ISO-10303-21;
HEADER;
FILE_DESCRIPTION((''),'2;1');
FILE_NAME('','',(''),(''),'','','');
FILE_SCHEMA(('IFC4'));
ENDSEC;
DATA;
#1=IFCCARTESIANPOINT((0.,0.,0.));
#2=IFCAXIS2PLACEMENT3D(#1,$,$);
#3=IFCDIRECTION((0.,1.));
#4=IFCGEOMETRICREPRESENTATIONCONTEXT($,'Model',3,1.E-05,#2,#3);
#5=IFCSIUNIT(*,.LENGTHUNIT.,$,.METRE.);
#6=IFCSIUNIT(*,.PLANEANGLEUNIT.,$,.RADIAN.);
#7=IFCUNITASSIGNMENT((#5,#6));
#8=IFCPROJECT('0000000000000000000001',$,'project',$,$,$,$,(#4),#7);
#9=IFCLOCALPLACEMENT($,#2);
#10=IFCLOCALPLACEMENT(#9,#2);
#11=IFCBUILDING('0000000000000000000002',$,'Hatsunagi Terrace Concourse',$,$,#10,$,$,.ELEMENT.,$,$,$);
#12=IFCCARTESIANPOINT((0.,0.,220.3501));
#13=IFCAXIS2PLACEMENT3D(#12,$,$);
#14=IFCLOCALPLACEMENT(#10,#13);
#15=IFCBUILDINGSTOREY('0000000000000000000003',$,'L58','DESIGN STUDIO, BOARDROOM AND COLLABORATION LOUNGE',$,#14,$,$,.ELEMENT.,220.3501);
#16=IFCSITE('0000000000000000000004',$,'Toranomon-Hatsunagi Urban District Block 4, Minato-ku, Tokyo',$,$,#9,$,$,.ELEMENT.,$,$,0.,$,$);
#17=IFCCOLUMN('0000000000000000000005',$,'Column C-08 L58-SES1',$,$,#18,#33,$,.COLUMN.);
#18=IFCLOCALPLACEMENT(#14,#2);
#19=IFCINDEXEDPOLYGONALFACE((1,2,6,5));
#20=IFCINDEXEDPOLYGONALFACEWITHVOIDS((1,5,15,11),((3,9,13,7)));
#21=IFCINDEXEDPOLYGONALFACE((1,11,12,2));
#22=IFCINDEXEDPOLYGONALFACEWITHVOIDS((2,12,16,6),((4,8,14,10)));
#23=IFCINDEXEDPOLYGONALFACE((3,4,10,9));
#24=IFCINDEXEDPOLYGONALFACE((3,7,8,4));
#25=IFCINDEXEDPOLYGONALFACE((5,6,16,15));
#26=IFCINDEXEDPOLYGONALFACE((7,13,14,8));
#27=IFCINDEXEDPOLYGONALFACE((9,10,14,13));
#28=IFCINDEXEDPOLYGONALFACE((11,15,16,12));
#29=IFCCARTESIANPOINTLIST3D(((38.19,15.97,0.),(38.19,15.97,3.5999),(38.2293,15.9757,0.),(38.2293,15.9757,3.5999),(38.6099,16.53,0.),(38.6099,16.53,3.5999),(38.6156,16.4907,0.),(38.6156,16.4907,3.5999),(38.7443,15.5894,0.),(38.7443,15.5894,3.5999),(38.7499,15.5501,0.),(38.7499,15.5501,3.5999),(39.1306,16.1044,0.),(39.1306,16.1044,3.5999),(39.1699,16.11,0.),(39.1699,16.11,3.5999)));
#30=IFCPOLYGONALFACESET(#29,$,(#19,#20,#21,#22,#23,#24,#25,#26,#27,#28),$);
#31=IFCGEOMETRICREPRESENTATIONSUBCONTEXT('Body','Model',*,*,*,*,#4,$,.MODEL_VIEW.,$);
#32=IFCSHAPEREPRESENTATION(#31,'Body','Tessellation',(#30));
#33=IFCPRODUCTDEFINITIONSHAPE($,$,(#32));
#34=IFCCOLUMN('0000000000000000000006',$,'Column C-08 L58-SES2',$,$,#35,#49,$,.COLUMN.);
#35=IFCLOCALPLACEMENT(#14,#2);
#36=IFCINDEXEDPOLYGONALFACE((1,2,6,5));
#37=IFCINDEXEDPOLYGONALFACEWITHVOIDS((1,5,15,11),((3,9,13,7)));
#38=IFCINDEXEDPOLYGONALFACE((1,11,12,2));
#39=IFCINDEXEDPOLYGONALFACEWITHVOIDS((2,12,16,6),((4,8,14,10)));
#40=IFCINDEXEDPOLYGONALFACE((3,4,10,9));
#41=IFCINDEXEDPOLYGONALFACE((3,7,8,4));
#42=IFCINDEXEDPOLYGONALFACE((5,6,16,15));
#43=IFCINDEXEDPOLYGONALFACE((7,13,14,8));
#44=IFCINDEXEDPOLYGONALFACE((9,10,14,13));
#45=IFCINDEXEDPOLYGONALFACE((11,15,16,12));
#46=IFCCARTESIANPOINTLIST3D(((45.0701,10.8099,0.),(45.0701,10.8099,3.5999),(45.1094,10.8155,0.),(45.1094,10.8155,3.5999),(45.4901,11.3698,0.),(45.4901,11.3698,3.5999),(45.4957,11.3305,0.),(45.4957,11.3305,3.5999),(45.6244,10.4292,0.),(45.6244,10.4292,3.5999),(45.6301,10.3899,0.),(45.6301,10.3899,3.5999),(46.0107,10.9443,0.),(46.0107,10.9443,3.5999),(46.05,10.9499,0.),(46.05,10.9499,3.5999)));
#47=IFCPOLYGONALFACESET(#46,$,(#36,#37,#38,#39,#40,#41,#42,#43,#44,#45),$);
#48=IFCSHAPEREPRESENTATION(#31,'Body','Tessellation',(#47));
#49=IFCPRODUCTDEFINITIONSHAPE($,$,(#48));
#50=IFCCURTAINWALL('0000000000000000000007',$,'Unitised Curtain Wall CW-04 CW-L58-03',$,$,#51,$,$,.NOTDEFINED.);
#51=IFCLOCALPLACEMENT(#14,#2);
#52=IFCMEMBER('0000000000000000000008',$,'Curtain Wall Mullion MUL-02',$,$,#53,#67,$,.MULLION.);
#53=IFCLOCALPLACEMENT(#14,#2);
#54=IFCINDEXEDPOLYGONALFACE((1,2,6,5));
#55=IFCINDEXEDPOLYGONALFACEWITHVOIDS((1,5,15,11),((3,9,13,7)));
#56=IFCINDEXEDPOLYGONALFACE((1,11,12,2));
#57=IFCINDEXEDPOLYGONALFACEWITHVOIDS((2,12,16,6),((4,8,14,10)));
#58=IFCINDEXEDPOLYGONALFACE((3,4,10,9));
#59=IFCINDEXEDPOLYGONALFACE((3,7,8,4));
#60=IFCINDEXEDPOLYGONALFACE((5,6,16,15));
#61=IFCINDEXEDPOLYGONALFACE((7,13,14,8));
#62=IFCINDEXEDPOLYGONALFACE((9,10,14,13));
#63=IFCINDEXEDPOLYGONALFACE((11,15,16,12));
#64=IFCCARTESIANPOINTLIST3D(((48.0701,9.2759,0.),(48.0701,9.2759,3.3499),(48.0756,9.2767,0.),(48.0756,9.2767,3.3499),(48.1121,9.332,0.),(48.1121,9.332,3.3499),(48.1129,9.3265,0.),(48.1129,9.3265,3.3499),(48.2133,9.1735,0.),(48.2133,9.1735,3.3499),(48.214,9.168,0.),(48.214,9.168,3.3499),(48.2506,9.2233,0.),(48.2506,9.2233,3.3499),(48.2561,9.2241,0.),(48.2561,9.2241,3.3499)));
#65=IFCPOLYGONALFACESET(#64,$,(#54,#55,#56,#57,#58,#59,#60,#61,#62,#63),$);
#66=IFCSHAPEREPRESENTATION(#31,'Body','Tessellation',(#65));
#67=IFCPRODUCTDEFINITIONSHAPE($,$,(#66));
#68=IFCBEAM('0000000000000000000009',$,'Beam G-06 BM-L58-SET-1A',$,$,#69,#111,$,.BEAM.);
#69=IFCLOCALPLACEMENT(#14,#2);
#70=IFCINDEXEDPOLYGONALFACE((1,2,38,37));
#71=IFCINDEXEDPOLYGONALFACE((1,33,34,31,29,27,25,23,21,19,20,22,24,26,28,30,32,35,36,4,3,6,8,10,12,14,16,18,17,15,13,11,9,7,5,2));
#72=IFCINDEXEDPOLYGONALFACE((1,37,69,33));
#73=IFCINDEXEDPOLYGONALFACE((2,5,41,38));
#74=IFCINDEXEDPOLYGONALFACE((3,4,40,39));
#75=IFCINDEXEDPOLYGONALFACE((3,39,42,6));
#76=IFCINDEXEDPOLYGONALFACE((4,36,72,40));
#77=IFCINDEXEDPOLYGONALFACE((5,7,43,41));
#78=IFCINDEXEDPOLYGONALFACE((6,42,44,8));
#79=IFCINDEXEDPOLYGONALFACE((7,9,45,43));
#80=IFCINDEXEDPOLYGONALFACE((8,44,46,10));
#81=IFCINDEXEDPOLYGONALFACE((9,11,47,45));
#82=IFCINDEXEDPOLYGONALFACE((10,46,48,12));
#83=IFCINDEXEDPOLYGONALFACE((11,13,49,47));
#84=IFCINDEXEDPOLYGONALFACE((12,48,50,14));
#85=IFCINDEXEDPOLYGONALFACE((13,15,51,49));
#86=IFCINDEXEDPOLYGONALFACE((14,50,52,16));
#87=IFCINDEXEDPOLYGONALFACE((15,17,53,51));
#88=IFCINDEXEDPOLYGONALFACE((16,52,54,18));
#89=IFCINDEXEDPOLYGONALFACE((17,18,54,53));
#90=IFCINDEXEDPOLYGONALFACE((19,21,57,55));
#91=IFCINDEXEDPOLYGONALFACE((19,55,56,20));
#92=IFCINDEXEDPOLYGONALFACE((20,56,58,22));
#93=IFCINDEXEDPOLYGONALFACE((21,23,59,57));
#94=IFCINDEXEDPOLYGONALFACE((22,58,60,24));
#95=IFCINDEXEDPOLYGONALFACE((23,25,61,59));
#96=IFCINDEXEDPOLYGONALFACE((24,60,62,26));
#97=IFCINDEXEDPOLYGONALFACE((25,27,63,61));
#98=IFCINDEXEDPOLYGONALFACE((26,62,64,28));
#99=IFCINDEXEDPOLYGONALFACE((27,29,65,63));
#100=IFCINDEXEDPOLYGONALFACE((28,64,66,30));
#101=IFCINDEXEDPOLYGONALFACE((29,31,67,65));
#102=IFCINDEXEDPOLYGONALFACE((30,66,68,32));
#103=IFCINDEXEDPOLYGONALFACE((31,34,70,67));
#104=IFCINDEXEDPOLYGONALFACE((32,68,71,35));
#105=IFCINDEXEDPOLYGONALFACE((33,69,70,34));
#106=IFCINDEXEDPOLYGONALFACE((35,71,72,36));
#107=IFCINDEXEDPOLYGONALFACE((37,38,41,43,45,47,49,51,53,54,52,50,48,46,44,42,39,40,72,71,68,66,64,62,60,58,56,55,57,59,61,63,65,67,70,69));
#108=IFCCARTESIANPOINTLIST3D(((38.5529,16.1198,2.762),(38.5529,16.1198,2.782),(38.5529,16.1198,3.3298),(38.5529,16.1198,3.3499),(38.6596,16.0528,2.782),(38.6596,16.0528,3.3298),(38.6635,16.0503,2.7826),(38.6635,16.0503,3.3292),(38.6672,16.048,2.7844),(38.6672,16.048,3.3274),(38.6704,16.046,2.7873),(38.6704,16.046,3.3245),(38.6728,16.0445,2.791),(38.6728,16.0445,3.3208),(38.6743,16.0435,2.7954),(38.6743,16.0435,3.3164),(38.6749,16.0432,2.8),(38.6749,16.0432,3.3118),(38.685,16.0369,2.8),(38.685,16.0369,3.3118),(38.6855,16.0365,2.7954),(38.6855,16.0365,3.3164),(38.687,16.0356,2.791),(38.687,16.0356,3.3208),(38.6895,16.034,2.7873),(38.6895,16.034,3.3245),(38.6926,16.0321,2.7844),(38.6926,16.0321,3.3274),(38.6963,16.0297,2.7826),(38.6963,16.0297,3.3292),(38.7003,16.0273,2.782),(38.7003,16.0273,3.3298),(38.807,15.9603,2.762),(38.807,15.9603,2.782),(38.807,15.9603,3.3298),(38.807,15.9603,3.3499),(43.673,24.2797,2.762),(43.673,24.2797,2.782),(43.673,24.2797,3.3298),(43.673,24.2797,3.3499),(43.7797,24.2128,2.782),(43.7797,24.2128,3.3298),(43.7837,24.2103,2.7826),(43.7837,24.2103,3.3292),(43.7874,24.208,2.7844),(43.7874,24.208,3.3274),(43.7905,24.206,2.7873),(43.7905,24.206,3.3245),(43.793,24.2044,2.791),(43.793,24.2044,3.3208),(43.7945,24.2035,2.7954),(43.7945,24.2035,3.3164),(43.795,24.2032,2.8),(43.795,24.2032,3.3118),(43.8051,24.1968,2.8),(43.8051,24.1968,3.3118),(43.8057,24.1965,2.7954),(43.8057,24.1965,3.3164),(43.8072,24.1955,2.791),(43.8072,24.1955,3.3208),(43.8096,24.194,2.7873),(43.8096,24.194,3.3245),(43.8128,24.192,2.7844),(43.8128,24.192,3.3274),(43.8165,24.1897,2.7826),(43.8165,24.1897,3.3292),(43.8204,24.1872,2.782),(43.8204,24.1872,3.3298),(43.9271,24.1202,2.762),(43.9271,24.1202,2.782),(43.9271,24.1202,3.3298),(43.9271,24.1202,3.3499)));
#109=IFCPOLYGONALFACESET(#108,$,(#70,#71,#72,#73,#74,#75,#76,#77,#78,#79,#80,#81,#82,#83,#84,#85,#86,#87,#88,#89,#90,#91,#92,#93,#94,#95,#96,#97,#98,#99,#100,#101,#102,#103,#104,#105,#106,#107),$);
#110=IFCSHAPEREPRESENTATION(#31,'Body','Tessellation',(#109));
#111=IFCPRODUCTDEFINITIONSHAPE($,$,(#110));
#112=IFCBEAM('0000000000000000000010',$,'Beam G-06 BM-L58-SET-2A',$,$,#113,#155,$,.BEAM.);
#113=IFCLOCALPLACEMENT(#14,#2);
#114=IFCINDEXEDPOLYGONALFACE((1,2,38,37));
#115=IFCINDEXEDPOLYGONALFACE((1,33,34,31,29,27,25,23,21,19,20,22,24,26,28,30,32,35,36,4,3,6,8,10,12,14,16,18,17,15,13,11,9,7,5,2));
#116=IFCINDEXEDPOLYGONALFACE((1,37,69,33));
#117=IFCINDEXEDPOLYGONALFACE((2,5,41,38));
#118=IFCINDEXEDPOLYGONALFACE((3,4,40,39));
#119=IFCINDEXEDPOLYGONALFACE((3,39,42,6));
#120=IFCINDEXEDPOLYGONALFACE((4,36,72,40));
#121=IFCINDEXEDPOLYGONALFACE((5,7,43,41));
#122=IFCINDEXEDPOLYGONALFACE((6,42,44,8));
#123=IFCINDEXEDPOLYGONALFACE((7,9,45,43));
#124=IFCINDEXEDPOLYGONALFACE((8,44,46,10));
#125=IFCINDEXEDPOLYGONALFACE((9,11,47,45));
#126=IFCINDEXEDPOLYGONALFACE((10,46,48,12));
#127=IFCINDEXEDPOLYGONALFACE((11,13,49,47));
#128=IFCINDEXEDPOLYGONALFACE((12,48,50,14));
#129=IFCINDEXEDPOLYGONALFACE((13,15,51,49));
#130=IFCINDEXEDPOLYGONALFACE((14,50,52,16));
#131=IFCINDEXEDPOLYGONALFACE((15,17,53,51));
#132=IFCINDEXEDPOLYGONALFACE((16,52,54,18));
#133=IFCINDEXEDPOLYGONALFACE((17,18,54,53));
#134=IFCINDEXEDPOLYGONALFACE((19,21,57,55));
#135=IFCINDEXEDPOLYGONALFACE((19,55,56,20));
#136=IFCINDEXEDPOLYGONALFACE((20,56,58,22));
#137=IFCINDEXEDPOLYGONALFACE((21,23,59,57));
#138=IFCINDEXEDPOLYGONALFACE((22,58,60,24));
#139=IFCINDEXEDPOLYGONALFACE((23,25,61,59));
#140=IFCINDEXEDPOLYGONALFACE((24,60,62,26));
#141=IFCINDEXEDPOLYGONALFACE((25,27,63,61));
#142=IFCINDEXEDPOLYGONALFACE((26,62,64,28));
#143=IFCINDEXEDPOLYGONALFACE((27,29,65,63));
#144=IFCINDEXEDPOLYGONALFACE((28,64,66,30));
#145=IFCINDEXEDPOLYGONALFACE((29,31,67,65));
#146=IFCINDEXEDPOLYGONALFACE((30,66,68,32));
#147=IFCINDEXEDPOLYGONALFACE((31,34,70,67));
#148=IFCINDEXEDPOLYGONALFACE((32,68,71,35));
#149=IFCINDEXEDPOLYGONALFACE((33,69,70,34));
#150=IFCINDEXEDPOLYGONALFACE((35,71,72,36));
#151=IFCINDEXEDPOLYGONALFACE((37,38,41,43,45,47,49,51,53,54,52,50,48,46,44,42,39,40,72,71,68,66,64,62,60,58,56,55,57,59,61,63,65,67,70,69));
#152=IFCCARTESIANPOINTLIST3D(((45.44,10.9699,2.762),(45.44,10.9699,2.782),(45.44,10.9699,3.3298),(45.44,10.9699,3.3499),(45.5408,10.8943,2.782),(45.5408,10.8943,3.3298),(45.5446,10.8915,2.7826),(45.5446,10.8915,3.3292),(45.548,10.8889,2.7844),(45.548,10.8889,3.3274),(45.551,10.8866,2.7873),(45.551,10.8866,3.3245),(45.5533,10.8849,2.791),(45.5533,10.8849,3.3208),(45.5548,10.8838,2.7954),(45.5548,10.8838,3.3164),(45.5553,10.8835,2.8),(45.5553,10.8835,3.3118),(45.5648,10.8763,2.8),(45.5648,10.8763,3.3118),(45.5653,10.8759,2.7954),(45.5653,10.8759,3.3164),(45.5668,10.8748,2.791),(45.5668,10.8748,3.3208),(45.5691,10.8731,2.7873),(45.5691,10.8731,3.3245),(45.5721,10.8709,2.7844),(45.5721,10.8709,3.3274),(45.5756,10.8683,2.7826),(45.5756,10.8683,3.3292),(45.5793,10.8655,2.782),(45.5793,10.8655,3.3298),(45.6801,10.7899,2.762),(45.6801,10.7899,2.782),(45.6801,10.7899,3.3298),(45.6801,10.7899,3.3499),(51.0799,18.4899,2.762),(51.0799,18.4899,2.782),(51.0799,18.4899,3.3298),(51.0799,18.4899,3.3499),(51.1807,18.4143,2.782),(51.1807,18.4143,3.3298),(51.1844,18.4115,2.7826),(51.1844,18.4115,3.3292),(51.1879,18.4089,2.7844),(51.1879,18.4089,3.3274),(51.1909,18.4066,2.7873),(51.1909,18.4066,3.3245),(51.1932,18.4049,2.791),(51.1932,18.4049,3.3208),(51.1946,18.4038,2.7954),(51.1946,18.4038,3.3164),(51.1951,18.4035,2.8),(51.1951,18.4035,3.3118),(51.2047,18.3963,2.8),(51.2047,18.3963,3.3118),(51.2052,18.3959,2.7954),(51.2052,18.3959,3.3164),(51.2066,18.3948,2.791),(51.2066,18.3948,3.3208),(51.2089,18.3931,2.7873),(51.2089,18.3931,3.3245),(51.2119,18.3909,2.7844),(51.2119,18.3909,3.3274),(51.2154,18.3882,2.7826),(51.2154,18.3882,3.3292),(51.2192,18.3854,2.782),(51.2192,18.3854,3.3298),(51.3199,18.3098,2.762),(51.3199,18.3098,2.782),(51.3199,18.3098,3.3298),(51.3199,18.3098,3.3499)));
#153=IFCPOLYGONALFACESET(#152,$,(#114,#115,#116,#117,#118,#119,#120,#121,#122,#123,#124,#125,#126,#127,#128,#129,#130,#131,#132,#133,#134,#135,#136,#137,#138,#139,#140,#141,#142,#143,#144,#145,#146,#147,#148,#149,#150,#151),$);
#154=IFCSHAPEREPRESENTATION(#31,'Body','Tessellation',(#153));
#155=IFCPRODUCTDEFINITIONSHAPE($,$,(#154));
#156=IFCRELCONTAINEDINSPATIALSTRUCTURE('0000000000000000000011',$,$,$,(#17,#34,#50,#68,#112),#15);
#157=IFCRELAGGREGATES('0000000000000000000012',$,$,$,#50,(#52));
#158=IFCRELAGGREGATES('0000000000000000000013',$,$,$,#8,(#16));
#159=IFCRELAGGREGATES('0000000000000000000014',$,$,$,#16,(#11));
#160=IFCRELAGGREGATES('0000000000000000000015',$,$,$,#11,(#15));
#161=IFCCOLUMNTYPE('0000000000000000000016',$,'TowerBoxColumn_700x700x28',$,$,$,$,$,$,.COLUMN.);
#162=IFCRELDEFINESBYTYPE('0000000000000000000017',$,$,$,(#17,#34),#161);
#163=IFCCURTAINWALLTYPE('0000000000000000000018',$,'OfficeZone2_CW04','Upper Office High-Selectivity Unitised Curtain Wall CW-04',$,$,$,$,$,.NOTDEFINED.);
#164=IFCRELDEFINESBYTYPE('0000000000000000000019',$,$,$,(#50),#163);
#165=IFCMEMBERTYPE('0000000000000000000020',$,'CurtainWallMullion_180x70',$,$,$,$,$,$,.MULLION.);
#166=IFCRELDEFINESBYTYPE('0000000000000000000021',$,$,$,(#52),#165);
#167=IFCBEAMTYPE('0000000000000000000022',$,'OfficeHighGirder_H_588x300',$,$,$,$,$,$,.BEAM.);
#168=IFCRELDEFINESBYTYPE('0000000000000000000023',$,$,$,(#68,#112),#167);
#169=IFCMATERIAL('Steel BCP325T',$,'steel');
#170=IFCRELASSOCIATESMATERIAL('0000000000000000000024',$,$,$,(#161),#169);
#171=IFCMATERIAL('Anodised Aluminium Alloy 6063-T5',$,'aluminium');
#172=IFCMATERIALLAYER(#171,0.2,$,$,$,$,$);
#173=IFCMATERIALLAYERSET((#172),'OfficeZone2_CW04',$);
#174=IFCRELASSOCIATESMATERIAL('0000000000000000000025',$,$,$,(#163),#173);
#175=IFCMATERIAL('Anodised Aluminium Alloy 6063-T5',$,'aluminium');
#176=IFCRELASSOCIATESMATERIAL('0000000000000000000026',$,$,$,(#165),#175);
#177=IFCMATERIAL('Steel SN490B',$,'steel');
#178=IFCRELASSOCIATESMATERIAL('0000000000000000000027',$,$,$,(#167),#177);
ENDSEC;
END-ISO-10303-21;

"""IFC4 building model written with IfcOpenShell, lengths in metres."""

from ifc_helpers import new_model, si_unit, direction, frame, origin, origin_2d, place, context, subcontext, project, spatial, hollow_rectangle, i_section, extrude, material, layer, layer_set, material_profile, profile_set, type_object, element, aggregate, save


model = new_model("IFC4")

# Units and contexts
model_context = context("Model", 3, precision=1e-05, world=origin(), true_north=direction((0.0, 1.0)))
body_context = subcontext(model_context, "Body", "Model", "MODEL_VIEW")
ifc_project = project(units=[si_unit("LENGTHUNIT", "METRE"), si_unit("PLANEANGLEUNIT", "RADIAN")], contexts=[model_context])

# Site, building, storey
site_placement = place(None, origin())
site = spatial("IfcSite", under=ifc_project, at=site_placement, Name="Toranomon-Hatsunagi Urban District Block 4, Minato-ku, Tokyo", CompositionType="ELEMENT", RefElevation=0.0)
building_placement = place(site_placement, origin())
building = spatial("IfcBuilding", under=site, at=building_placement, Name="Hatsunagi Terrace Concourse", CompositionType="ELEMENT")
storey_placement = place(building_placement, frame((0.0, 0.0, 220.3501)))
storey = spatial("IfcBuildingStorey", under=building, at=storey_placement, Name="L58", Description="DESIGN STUDIO, BOARDROOM AND COLLABORATION LOUNGE", CompositionType="ELEMENT", Elevation=220.3501)

# Columns
ifc_material_1 = material(Name="Steel BCP325T", Category="steel")
ifc_material_profile_1 = material_profile(ifc_material_1, hollow_rectangle(XDim=0.7, YDim=0.7, WallThickness=0.0281, at=origin_2d()), Name="BCP-700x700x28")
ifc_profile_set_1 = profile_set([ifc_material_profile_1], Name="Steel BCP325T")
column_type = type_object("IfcColumnType", Name="TowerBoxColumn_700x700x28", PredefinedType="COLUMN", material=ifc_profile_set_1)
for number, where, z_axis, x_axis, name in (
    (1, (38.6799, 16.04, 0.0), (0.0, 0.0, 1.0), (0.8, -0.6, 0.0), "Column C-08 L58-SES1"),
    (2, (45.5601, 10.8799, 0.0), (0.0, 0.0, 1.0), (0.8, -0.6, 0.0), "Column C-08 L58-SES2"),
):
    element("IfcColumn", number, at=place(storey_placement, frame(where, z_axis=z_axis, x_axis=x_axis)), inside=storey, type_object=column_type, Name=name, PredefinedType="COLUMN", context=body_context, shape_type="SweptSolid", body=[
        extrude(hollow_rectangle(XDim=0.7, YDim=0.7, WallThickness=0.0281, at=origin_2d()), origin(), (0.0, 0.0, 1.0), 3.5999),
    ])

# Curtain wall, member
ifc_material_2 = material(Name="Anodised Aluminium Alloy 6063-T5", Category="aluminium")
ifc_layer_1 = layer(ifc_material_2, 0.2)
ifc_layer_set_1 = layer_set([ifc_layer_1], Name="OfficeZone2_CW04")
curtain_wall_type = type_object("IfcCurtainWallType", Name="OfficeZone2_CW04", Description="Upper Office High-Selectivity Unitised Curtain Wall CW-04", PredefinedType="NOTDEFINED", material=ifc_layer_set_1)
curtain_wall_placement = place(storey_placement, origin())
curtain_wall = element("IfcCurtainWall", 3, at=curtain_wall_placement, inside=storey, type_object=curtain_wall_type, Name="Unitised Curtain Wall CW-04 CW-L58-03", PredefinedType="NOTDEFINED")
ifc_material_3 = material(Name="Anodised Aluminium Alloy 6063-T5", Category="aluminium")
ifc_material_profile_2 = material_profile(ifc_material_3, hollow_rectangle(XDim=0.0701, YDim=0.1799, WallThickness=0.0039, at=origin_2d()), Name="ALU-MUL-180x70x4")
ifc_profile_set_2 = profile_set([ifc_material_profile_2], Name="Anodised Aluminium Alloy 6063-T5")
member_type = type_object("IfcMemberType", Name="CurtainWallMullion_180x70", PredefinedType="MULLION", material=ifc_profile_set_2)
member_placement = place(storey_placement, frame((48.1631, 9.25, 0.0), z_axis=(0.0, 0.0, 1.0), x_axis=(-0.599969, -0.800023, 0.0)))
member = element("IfcMember", 4, at=member_placement, type_object=member_type, Name="Curtain Wall Mullion MUL-02", PredefinedType="MULLION", context=body_context, shape_type="SweptSolid", body=[
    extrude(hollow_rectangle(XDim=0.0701, YDim=0.1799, WallThickness=0.0039, at=origin_2d()), origin(), (0.0, 0.0, 1.0), 3.3499),
])
aggregate(curtain_wall, [member])

# Beams
ifc_material_4 = material(Name="Steel SN490B", Category="steel")
ifc_material_profile_3 = material_profile(ifc_material_4, i_section(OverallWidth=0.3, OverallDepth=0.5879, WebThickness=0.012, FlangeThickness=0.02, FilletRadius=0.0181, at=origin_2d()), Name="H-588x300x12x20")
ifc_profile_set_3 = profile_set([ifc_material_profile_3], Name="Steel SN490B")
beam_type_1 = type_object("IfcBeamType", Name="OfficeHighGirder_H_588x300", PredefinedType="BEAM", material=ifc_profile_set_3)
beam_1_placement = place(storey_placement, frame((38.6799, 16.04, 3.0559), z_axis=(0.531504, 0.847056, 0.0), x_axis=(-0.847056, 0.531504, 0.0)))
element("IfcBeam", 5, at=beam_1_placement, inside=storey, type_object=beam_type_1, Name="Beam G-06 BM-L58-SET-1A", PredefinedType="BEAM", context=body_context, shape_type="SweptSolid", body=[
    extrude(i_section(OverallWidth=0.3, OverallDepth=0.5879, WebThickness=0.012, FlangeThickness=0.02, FilletRadius=0.0181, at=origin_2d()), origin(), (0.0, 0.0, 1.0), 9.6333),
])
beam_2_placement = place(storey_placement, frame((45.5601, 10.8799, 3.0559), z_axis=(0.599992, 0.800006, 0.0), x_axis=(-0.800006, 0.599992, 0.0)))
element("IfcBeam", 6, at=beam_2_placement, inside=storey, type_object=beam_type_1, Name="Beam G-06 BM-L58-SET-2A", PredefinedType="BEAM", context=body_context, shape_type="SweptSolid", body=[
    extrude(i_section(OverallWidth=0.3, OverallDepth=0.5879, WebThickness=0.012, FlangeThickness=0.02, FilletRadius=0.0181, at=origin_2d()), origin(), (0.0, 0.0, 1.0), 9.3999),
])

save(model, "model.ifc")
